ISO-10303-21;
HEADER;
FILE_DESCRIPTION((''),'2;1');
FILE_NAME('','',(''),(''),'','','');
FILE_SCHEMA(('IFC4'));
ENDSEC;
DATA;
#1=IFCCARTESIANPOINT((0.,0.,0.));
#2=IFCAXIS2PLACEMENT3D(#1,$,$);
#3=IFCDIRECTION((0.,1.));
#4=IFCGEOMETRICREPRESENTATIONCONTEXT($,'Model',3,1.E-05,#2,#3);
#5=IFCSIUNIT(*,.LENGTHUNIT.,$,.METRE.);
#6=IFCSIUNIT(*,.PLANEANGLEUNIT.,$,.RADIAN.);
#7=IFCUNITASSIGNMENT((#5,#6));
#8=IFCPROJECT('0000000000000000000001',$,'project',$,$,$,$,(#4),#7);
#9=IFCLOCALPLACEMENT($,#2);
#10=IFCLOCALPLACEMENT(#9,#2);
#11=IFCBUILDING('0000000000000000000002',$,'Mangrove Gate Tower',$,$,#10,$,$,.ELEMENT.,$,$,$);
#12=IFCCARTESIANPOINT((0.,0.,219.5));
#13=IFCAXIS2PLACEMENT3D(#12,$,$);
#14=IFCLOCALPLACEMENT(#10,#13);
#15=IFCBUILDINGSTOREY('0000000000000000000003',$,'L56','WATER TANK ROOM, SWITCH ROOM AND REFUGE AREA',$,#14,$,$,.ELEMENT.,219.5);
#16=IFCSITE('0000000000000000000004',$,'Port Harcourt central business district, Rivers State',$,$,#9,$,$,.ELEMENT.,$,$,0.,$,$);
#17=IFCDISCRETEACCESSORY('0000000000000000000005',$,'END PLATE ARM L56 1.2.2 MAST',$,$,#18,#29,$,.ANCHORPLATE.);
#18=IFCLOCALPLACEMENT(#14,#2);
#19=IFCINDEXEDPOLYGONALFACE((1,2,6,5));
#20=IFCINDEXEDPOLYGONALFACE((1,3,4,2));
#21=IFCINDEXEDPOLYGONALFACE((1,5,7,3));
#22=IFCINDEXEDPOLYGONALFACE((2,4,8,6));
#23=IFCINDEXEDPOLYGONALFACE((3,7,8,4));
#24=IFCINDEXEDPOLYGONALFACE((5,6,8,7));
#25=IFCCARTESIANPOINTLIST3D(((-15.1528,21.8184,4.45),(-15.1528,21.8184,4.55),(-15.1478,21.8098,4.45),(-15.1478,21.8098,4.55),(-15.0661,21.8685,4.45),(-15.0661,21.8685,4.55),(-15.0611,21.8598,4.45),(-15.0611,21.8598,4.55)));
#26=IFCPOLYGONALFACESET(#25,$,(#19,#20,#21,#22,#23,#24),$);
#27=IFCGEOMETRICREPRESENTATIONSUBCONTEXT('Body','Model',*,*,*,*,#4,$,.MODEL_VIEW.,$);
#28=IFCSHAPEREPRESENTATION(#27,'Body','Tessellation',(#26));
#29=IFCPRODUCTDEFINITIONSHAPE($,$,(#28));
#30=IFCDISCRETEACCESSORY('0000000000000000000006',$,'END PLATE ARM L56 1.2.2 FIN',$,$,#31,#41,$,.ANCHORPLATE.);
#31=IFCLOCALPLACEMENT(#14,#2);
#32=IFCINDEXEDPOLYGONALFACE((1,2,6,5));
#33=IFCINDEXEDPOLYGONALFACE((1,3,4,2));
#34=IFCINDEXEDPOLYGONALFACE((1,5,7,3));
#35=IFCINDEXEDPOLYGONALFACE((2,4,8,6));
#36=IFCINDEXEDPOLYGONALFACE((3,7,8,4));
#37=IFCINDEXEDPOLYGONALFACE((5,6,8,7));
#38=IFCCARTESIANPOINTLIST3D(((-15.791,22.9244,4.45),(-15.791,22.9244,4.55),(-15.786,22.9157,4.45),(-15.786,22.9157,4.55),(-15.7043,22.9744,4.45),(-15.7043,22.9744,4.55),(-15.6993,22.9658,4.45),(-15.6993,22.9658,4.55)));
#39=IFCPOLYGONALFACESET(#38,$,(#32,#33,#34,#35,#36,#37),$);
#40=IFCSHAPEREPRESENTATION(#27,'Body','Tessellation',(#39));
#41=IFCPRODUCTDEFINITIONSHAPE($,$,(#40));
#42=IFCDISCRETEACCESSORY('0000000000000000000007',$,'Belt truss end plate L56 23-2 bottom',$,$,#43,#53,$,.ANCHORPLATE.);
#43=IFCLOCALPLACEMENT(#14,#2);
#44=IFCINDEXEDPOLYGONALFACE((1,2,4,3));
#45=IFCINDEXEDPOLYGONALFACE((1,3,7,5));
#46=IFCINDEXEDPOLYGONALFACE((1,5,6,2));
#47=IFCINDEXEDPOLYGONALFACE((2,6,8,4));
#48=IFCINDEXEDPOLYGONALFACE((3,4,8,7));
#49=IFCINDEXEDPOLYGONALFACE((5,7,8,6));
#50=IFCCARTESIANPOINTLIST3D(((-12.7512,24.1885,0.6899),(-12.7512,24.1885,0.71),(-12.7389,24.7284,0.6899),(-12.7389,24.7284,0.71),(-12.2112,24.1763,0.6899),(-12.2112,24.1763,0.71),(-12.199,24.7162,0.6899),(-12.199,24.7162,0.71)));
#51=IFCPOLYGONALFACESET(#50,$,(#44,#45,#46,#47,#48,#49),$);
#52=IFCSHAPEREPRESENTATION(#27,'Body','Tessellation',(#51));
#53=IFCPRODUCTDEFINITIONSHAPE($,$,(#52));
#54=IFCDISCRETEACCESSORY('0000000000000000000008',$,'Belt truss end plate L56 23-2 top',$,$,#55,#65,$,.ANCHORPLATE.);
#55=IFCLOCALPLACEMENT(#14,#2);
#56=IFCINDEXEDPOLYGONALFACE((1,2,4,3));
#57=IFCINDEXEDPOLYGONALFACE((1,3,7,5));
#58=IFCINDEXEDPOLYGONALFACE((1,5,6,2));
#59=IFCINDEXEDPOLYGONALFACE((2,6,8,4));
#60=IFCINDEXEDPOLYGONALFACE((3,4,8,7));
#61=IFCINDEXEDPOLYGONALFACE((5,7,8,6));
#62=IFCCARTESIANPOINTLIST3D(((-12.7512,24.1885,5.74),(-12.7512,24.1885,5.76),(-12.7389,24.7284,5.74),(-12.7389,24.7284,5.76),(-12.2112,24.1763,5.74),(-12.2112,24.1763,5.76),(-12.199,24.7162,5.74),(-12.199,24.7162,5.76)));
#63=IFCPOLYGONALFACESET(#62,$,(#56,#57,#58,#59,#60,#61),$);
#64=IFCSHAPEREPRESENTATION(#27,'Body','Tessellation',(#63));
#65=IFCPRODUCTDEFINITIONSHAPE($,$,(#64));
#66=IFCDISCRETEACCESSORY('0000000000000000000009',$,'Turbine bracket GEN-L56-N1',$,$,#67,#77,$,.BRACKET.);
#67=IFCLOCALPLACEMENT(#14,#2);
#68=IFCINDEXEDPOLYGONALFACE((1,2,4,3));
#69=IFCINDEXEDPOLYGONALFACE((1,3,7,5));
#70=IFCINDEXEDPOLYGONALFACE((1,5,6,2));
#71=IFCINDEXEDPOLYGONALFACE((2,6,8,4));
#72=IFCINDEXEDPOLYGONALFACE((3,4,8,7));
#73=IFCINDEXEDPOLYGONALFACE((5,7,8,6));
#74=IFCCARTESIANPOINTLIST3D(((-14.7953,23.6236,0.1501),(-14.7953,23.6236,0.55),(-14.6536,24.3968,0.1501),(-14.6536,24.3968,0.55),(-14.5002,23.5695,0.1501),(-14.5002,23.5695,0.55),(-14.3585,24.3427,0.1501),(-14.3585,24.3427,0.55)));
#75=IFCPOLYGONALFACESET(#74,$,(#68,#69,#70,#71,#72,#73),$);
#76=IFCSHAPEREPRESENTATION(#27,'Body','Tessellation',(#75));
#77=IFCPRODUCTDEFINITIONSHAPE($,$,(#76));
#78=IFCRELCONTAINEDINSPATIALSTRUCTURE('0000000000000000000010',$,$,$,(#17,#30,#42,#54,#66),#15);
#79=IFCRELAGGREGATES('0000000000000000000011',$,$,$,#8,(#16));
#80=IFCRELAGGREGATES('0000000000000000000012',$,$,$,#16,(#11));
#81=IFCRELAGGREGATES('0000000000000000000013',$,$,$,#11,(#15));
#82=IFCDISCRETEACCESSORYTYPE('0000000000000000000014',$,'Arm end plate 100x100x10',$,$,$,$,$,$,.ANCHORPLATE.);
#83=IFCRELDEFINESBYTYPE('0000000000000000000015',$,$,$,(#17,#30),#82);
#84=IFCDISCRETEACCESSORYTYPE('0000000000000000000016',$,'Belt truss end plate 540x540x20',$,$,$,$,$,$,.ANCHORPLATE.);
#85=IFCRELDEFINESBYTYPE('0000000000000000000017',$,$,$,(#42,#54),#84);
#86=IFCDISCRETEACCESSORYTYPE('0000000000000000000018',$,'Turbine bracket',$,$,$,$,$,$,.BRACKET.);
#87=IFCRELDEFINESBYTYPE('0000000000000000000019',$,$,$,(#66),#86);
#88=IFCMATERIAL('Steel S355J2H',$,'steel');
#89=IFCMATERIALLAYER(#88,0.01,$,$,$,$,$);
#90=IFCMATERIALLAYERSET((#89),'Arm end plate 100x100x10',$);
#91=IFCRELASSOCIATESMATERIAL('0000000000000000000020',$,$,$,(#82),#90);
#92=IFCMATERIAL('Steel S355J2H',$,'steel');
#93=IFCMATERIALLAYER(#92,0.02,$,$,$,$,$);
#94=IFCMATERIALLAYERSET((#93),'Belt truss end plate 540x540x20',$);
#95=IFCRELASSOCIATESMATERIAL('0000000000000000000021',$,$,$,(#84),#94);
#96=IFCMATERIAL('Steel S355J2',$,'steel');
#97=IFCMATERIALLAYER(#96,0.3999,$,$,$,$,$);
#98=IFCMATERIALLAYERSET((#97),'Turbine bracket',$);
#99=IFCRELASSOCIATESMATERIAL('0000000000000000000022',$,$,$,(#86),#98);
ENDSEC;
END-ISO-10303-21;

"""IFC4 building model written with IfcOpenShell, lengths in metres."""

from ifc_helpers import new_model, si_unit, direction, frame, origin, origin_2d, place, context, subcontext, project, spatial, rectangle, extrude, material, layer, layer_set, type_object, element, save


model = new_model("IFC4")

# Units and contexts
model_context = context("Model", 3, precision=1e-05, world=origin(), true_north=direction((0.0, 1.0)))
body_context = subcontext(model_context, "Body", "Model", "MODEL_VIEW")
ifc_project = project(units=[si_unit("LENGTHUNIT", "METRE"), si_unit("PLANEANGLEUNIT", "RADIAN")], contexts=[model_context])

# Site, building, storey
site_placement = place(None, origin())
site = spatial("IfcSite", under=ifc_project, at=site_placement, Name="Port Harcourt central business district, Rivers State", CompositionType="ELEMENT", RefElevation=0.0)
building_placement = place(site_placement, origin())
building = spatial("IfcBuilding", under=site, at=building_placement, Name="Mangrove Gate Tower", CompositionType="ELEMENT")
storey_placement = place(building_placement, frame((0.0, 0.0, 219.5)))
storey = spatial("IfcBuildingStorey", under=building, at=storey_placement, Name="L56", Description="WATER TANK ROOM, SWITCH ROOM AND REFUGE AREA", CompositionType="ELEMENT", Elevation=219.5)

# Discrete accessories
ifc_material_1 = material(Name="Steel S355J2H", Category="steel")
ifc_layer_1 = layer(ifc_material_1, 0.01)
ifc_layer_set_1 = layer_set([ifc_layer_1], Name="Arm end plate 100x100x10")
discrete_accessory_type_1 = type_object("IfcDiscreteAccessoryType", Name="Arm end plate 100x100x10", PredefinedType="ANCHORPLATE", material=ifc_layer_set_1)
for number, where, z_axis, x_axis, name in (
    (1, (-15.1069, 21.8391, 4.45), (0.0, 0.0, 1.0), (-0.5, 0.866025, 0.0), "END PLATE ARM L56 1.2.2 MAST"),
    (2, (-15.7451, 22.9451, 4.45), (0.0, 0.0, 1.0), (-0.5, 0.866025, 0.0), "END PLATE ARM L56 1.2.2 FIN"),
):
    element("IfcDiscreteAccessory", number, at=place(storey_placement, frame(where, z_axis=z_axis, x_axis=x_axis)), inside=storey, type_object=discrete_accessory_type_1, Name=name, PredefinedType="ANCHORPLATE", context=body_context, shape_type="SweptSolid", body=[
        extrude(rectangle(XDim=0.01, YDim=0.1001, at=origin_2d()), origin(), (0.0, 0.0, 1.0), 0.1001),
    ])
ifc_material_2 = material(Name="Steel S355J2H", Category="steel")
ifc_layer_2 = layer(ifc_material_2, 0.02)
ifc_layer_set_2 = layer_set([ifc_layer_2], Name="Belt truss end plate 540x540x20")
discrete_accessory_type_2 = type_object("IfcDiscreteAccessoryType", Name="Belt truss end plate 540x540x20", PredefinedType="ANCHORPLATE", material=ifc_layer_set_2)
for number, where, z_axis, x_axis, name in (
    (3, (-12.4751, 24.4524, 0.6899), (0.0, 0.0, 1.0), (-0.999745, 0.0226, 0.0), "Belt truss end plate L56 23-2 bottom"),
    (4, (-12.4751, 24.4524, 5.74), (0.0, 0.0, 1.0), (-0.999745, 0.0226, 0.0), "Belt truss end plate L56 23-2 top"),
):
    element("IfcDiscreteAccessory", number, at=place(storey_placement, frame(where, z_axis=z_axis, x_axis=x_axis)), inside=storey, type_object=discrete_accessory_type_2, Name=name, PredefinedType="ANCHORPLATE", context=body_context, shape_type="SweptSolid", body=[
        extrude(rectangle(XDim=0.54, YDim=0.54, at=origin_2d()), origin(), (0.0, 0.0, 1.0), 0.02),
    ])
ifc_material_3 = material(Name="Steel S355J2", Category="steel")
ifc_layer_3 = layer(ifc_material_3, 0.3999)
ifc_layer_set_3 = layer_set([ifc_layer_3], Name="Turbine bracket")
discrete_accessory_type_3 = type_object("IfcDiscreteAccessoryType", Name="Turbine bracket", PredefinedType="BRACKET", material=ifc_layer_set_3)
discrete_accessory_placement = place(storey_placement, frame((-14.5769, 23.9832, 0.1501), z_axis=(0.0, 0.0, 1.0), x_axis=(-0.180315, -0.983609, 0.0)))
element("IfcDiscreteAccessory", 5, at=discrete_accessory_placement, inside=storey, type_object=discrete_accessory_type_3, Name="Turbine bracket GEN-L56-N1", PredefinedType="BRACKET", context=body_context, shape_type="SweptSolid", body=[
    extrude(rectangle(XDim=0.7861, YDim=0.3, at=origin_2d()), origin(), (0.0, 0.0, 1.0), 0.3999),
])

save(model, "model.ifc")
